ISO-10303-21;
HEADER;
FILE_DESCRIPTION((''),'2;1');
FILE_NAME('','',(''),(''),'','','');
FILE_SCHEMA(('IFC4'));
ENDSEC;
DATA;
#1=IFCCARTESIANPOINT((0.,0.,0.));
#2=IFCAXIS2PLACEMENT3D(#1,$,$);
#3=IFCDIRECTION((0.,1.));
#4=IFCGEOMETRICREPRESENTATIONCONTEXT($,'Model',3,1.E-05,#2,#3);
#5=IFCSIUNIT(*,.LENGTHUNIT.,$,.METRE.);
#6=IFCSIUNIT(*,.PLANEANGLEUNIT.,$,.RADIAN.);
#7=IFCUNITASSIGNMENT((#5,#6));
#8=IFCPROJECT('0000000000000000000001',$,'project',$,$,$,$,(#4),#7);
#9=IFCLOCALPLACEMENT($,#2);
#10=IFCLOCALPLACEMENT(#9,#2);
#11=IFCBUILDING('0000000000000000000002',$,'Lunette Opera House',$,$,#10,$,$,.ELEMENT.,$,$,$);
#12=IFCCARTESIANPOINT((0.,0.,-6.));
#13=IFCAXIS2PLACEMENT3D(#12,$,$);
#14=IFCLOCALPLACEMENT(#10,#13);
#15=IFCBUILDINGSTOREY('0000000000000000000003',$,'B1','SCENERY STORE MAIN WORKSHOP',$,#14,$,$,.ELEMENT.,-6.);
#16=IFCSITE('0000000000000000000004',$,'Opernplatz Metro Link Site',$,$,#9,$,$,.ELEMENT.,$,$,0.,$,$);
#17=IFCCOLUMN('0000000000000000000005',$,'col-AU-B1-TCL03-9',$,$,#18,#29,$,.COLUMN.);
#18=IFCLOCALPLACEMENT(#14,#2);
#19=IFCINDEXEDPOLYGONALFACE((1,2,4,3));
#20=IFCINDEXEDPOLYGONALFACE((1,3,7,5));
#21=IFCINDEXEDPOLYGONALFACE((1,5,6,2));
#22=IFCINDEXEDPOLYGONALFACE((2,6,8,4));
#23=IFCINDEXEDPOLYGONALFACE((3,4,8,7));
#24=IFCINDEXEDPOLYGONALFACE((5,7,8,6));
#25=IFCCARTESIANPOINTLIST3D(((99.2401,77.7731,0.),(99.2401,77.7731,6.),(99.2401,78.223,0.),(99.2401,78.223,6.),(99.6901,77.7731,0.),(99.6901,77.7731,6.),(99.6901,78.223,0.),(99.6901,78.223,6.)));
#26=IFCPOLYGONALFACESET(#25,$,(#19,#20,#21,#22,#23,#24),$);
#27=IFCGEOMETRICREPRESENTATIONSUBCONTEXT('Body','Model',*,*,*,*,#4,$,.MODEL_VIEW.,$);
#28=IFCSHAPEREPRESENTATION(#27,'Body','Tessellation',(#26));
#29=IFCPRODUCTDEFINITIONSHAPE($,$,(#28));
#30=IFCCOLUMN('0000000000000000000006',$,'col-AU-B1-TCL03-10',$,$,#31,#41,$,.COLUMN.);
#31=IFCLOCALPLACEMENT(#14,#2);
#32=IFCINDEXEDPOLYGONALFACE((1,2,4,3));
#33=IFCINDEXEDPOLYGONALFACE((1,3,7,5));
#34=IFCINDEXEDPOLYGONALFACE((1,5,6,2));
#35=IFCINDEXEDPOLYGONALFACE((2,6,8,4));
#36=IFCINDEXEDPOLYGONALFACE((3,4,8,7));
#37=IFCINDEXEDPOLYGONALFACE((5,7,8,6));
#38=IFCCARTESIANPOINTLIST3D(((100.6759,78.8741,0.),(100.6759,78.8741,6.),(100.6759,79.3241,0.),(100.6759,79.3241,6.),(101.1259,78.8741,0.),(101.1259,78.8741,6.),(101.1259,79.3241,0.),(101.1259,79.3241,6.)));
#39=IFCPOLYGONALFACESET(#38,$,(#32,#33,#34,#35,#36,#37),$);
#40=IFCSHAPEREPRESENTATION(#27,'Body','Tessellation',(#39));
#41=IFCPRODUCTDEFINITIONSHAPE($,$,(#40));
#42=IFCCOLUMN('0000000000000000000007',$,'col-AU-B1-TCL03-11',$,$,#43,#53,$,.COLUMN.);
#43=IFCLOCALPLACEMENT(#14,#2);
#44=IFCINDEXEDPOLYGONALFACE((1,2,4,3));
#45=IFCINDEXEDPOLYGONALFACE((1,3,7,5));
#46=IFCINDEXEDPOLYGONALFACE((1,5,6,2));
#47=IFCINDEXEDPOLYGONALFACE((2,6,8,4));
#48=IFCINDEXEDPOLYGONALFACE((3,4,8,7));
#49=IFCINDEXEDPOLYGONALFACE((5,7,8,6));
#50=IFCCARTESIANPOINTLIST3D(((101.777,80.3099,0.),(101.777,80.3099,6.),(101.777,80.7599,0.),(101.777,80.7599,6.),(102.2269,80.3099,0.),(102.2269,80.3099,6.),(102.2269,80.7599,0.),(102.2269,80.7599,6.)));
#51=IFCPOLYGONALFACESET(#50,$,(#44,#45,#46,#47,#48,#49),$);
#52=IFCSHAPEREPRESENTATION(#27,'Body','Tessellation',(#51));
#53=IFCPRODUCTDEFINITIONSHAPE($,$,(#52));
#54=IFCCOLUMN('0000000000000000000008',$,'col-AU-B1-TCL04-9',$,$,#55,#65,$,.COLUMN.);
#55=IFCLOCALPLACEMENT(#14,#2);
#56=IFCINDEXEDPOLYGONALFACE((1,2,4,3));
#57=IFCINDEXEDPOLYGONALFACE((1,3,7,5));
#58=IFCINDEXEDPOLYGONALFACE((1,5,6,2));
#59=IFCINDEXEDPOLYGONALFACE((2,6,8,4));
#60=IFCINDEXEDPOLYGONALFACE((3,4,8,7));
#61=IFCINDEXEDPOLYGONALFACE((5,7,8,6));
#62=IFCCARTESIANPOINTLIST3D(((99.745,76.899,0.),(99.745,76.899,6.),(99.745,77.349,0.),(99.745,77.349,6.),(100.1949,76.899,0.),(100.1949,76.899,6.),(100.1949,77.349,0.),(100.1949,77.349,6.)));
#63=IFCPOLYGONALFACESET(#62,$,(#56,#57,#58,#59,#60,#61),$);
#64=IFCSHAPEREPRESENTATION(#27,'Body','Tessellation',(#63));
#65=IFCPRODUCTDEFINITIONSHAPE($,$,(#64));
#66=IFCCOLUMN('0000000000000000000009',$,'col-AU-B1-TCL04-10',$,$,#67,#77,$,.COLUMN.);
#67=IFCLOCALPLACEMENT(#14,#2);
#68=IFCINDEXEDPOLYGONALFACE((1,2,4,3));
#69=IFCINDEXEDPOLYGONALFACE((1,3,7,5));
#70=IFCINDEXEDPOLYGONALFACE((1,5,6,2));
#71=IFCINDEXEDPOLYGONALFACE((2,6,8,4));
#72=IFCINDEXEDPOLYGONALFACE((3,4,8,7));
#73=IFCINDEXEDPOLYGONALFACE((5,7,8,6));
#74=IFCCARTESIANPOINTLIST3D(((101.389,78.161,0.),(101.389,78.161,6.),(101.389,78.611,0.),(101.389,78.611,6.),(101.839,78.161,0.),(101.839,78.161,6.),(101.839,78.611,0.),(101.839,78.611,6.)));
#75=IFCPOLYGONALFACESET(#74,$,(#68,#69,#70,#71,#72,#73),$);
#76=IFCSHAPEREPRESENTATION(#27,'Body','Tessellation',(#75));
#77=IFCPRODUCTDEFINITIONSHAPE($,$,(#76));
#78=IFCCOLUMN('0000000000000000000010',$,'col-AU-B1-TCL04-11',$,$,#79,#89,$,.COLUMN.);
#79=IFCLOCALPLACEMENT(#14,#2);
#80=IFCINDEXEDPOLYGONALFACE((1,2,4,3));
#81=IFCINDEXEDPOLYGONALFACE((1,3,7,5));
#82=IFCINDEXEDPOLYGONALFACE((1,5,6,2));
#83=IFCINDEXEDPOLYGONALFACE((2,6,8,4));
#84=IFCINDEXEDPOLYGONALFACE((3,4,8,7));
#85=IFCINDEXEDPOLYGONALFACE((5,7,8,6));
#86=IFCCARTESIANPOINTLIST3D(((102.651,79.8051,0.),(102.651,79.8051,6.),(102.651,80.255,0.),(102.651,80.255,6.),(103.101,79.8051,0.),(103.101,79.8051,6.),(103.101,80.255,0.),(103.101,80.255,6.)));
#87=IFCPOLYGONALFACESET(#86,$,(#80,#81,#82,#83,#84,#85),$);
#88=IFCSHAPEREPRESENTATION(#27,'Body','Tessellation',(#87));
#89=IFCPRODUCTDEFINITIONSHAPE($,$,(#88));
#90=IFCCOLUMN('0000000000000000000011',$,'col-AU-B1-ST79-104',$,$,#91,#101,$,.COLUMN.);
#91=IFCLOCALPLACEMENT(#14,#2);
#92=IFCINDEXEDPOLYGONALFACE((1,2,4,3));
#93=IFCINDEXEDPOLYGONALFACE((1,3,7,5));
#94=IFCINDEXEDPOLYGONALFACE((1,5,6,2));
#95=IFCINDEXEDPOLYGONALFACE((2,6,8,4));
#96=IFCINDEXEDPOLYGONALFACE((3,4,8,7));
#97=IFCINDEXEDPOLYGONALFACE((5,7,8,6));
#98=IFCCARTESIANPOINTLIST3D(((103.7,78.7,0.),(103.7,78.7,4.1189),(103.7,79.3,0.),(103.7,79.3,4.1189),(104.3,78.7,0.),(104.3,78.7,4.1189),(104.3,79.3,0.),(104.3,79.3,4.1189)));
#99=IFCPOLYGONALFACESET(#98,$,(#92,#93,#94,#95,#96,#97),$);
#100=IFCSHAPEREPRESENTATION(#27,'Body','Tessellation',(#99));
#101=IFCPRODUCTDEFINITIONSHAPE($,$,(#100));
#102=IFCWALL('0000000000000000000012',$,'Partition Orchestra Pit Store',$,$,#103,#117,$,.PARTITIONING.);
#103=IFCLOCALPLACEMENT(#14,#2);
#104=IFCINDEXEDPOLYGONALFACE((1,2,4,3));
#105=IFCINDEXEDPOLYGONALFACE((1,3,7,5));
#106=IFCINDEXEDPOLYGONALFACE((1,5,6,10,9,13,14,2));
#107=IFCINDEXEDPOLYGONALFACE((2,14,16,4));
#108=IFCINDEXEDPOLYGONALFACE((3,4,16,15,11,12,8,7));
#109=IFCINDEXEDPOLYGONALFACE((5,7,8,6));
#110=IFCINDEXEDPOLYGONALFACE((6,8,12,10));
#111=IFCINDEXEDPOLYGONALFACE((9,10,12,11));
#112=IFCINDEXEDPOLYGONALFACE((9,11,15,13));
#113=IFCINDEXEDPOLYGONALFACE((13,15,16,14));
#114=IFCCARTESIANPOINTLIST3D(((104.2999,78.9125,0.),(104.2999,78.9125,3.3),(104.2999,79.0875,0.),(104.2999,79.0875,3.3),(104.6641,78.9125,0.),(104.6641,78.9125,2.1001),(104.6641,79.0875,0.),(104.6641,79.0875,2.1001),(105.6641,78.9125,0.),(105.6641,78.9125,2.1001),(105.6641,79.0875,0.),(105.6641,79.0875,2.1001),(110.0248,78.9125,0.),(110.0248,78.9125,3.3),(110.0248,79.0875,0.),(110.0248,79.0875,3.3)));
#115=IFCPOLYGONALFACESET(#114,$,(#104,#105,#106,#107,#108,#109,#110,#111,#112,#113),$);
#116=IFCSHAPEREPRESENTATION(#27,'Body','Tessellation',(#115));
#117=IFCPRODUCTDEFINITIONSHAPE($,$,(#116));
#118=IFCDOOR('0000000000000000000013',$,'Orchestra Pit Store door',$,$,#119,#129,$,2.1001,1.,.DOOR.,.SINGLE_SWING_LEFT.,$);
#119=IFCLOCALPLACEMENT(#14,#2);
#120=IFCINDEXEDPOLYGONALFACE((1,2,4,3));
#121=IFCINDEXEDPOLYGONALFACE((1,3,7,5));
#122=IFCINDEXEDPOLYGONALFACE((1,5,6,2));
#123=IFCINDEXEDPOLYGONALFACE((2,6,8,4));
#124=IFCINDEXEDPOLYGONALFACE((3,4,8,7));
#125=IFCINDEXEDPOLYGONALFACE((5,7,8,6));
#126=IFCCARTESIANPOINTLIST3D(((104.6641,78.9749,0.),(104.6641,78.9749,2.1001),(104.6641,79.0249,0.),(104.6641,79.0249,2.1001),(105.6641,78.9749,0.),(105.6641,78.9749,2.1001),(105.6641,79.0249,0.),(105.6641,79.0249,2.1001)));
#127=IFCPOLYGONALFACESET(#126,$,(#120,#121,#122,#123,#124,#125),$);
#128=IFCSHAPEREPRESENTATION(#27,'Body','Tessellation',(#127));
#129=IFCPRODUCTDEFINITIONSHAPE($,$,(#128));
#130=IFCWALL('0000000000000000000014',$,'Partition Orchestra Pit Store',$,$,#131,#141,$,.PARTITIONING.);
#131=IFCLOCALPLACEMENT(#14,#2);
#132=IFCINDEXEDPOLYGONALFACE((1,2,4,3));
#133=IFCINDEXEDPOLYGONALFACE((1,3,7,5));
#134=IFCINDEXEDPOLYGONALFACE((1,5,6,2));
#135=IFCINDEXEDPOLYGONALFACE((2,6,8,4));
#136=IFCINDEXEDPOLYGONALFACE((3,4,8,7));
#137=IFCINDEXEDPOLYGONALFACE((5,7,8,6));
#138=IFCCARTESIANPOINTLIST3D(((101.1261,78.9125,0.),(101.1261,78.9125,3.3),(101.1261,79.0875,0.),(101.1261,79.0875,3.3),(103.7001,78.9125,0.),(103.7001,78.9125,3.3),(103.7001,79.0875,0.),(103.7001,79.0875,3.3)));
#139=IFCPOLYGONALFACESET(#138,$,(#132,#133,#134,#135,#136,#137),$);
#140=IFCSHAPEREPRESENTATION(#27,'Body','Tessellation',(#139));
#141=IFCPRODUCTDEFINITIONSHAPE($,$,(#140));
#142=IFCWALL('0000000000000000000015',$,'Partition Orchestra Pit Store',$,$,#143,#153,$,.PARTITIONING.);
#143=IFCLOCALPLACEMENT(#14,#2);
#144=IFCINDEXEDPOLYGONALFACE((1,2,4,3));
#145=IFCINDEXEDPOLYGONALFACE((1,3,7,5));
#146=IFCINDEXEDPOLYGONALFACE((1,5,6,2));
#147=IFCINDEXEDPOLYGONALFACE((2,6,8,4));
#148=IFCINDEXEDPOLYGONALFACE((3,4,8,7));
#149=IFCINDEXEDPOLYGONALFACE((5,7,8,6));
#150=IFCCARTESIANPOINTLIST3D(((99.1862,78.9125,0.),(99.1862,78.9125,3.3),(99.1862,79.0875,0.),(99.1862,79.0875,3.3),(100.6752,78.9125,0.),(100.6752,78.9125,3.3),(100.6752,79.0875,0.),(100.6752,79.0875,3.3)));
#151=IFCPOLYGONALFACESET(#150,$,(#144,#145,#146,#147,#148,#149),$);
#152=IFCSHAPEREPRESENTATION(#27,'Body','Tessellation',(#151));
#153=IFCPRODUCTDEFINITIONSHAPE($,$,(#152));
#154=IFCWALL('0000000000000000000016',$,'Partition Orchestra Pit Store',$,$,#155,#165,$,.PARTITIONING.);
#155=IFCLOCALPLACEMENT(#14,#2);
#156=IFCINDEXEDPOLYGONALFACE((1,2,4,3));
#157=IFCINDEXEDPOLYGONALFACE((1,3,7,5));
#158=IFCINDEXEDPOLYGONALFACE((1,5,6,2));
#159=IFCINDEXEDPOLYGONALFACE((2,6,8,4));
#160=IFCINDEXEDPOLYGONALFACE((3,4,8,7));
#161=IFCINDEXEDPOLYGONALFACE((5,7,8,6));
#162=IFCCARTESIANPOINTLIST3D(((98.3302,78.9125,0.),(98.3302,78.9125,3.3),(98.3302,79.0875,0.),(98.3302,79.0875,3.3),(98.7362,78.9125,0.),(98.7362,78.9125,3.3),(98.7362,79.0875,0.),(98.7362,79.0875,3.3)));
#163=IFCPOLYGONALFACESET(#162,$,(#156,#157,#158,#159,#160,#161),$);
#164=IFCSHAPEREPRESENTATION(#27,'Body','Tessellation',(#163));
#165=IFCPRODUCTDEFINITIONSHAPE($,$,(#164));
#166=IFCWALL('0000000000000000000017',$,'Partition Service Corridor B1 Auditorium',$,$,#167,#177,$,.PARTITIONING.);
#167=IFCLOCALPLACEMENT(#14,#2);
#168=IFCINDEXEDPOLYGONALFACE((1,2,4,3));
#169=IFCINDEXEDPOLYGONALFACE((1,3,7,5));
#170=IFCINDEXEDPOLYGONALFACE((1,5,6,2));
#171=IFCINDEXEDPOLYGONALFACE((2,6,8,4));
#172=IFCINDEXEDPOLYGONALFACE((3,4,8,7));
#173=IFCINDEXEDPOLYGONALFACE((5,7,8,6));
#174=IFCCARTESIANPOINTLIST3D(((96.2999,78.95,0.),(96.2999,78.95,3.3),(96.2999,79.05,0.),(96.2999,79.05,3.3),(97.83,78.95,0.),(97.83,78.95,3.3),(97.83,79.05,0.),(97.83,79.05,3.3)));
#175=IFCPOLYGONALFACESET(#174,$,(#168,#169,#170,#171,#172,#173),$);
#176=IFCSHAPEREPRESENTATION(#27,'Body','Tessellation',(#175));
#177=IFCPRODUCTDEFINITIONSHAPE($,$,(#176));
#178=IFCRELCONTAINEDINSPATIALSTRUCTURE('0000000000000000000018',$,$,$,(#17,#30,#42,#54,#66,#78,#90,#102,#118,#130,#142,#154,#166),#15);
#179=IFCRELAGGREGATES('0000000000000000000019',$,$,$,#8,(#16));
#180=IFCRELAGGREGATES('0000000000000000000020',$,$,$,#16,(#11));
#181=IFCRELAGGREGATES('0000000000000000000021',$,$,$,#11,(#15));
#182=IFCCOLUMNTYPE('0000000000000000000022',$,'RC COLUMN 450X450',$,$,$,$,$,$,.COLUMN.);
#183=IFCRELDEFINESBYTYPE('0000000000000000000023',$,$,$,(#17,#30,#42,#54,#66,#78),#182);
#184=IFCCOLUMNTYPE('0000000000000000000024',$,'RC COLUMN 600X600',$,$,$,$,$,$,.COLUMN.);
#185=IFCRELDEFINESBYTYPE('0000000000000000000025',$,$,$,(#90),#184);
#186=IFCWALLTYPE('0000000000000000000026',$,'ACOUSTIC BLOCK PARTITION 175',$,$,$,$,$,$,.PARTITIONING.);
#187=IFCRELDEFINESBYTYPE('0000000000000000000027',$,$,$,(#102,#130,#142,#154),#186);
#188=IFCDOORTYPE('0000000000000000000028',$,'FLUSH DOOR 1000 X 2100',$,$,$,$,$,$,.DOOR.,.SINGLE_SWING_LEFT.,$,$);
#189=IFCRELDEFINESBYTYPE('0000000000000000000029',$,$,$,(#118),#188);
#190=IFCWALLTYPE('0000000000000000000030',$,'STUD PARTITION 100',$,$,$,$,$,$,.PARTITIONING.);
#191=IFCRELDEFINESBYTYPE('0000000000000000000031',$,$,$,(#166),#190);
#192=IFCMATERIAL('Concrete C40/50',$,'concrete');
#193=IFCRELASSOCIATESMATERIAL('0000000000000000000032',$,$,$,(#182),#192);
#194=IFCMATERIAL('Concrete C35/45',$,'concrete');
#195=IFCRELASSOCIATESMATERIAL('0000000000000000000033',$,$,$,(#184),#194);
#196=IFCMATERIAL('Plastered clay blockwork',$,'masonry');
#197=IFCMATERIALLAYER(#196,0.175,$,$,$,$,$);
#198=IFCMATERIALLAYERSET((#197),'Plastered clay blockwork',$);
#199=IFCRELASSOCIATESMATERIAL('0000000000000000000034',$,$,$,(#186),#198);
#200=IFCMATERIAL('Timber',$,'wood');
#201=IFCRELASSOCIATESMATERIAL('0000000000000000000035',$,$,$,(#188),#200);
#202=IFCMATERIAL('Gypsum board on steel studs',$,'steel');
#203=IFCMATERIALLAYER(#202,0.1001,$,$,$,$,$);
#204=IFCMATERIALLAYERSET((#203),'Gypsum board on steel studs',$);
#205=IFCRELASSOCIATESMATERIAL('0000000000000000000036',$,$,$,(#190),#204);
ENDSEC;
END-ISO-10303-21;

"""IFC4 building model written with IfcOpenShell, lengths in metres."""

from ifc_helpers import new_model, si_unit, direction, frame, frame_2d, origin, origin_2d, place, context, subcontext, project, spatial, rectangle, extrude, material, layer, layer_set, material_profile, profile_set, type_object, element, fill, save


model = new_model("IFC4")

# Units and contexts
model_context = context("Model", 3, precision=1e-05, world=origin(), true_north=direction((0.0, 1.0)))
body_context = subcontext(model_context, "Body", "Model", "MODEL_VIEW")
ifc_project = project(units=[si_unit("LENGTHUNIT", "METRE"), si_unit("PLANEANGLEUNIT", "RADIAN")], contexts=[model_context])

# Site, building, storey
site_placement = place(None, origin())
site = spatial("IfcSite", under=ifc_project, at=site_placement, Name="Opernplatz Metro Link Site", CompositionType="ELEMENT", RefElevation=0.0)
building_placement = place(site_placement, origin())
building = spatial("IfcBuilding", under=site, at=building_placement, Name="Lunette Opera House", CompositionType="ELEMENT")
storey_placement = place(building_placement, frame((0.0, 0.0, -6.0)))
storey = spatial("IfcBuildingStorey", under=building, at=storey_placement, Name="B1", Description="SCENERY STORE MAIN WORKSHOP", CompositionType="ELEMENT", Elevation=-6.0)

# Columns
ifc_material_1 = material(Name="Concrete C40/50", Category="concrete")
ifc_material_profile_1 = material_profile(ifc_material_1, rectangle(XDim=0.45, YDim=0.45, at=origin_2d()), Name="RC COLUMN 450X450")
ifc_profile_set_1 = profile_set([ifc_material_profile_1], Name="Concrete C40/50")
column_type_1 = type_object("IfcColumnType", Name="RC COLUMN 450X450", PredefinedType="COLUMN", material=ifc_profile_set_1)
for number, where, z_axis, x_axis, name in (
    (1, (99.4651, 77.998, 0.0), (0.0, 0.0, 1.0), (1.0, 0.0, 0.0), "col-AU-B1-TCL03-9"),
    (2, (100.9009, 79.0991, 0.0), (0.0, 0.0, 1.0), (1.0, 0.0, 0.0), "col-AU-B1-TCL03-10"),
    (3, (102.002, 80.5349, 0.0), (0.0, 0.0, 1.0), (1.0, 0.0, 0.0), "col-AU-B1-TCL03-11"),
    (4, (99.97, 77.124, 0.0), (0.0, 0.0, 1.0), (1.0, 0.0, 0.0), "col-AU-B1-TCL04-9"),
    (5, (101.614, 78.386, 0.0), (0.0, 0.0, 1.0), (1.0, 0.0, 0.0), "col-AU-B1-TCL04-10"),
    (6, (102.876, 80.03, 0.0), (0.0, 0.0, 1.0), (1.0, 0.0, 0.0), "col-AU-B1-TCL04-11"),
):
    element("IfcColumn", number, at=place(storey_placement, frame(where, z_axis=z_axis, x_axis=x_axis)), inside=storey, type_object=column_type_1, Name=name, PredefinedType="COLUMN", context=body_context, shape_type="SweptSolid", body=[
        extrude(rectangle(XDim=0.45, YDim=0.45, at=origin_2d()), origin(), (0.0, 0.0, 1.0), 6.0),
    ])
ifc_material_2 = material(Name="Concrete C35/45", Category="concrete")
ifc_material_profile_2 = material_profile(ifc_material_2, rectangle(XDim=0.6001, YDim=0.6001, at=origin_2d()), Name="RC COLUMN 600X600")
ifc_profile_set_2 = profile_set([ifc_material_profile_2], Name="Concrete C35/45")
column_type_2 = type_object("IfcColumnType", Name="RC COLUMN 600X600", PredefinedType="COLUMN", material=ifc_profile_set_2)
column_placement = place(storey_placement, frame((104.0, 79.0, 0.0), z_axis=(0.0, 0.0, 1.0), x_axis=(1.0, 0.0, 0.0)))
element("IfcColumn", 7, at=column_placement, inside=storey, type_object=column_type_2, Name="col-AU-B1-ST79-104", PredefinedType="COLUMN", context=body_context, shape_type="SweptSolid", body=[
    extrude(rectangle(XDim=0.6001, YDim=0.6001, at=origin_2d()), origin(), (0.0, 0.0, 1.0), 4.1189),
])

# Wall, opening, door
ifc_material_3 = material(Name="Plastered clay blockwork", Category="masonry")
ifc_layer_1 = layer(ifc_material_3, 0.175)
ifc_layer_set_1 = layer_set([ifc_layer_1], Name="Plastered clay blockwork")
wall_type_1 = type_object("IfcWallType", Name="ACOUSTIC BLOCK PARTITION 175", PredefinedType="PARTITIONING", material=ifc_layer_set_1)
wall_1_placement = place(storey_placement, frame((104.3, 79.0, 0.0), z_axis=(0.0, 0.0, 1.0), x_axis=(1.0, 0.0, 0.0)))
wall_1 = element("IfcWall", 8, at=wall_1_placement, inside=storey, type_object=wall_type_1, Name="Partition Orchestra Pit Store", PredefinedType="PARTITIONING", context=body_context, shape_type="SweptSolid", body=[
    extrude(rectangle(XDim=5.7249, YDim=0.175, at=frame_2d((2.8623, 0.0))), origin(), (0.0, 0.0, 1.0), 3.3),
])
opening_placement = place(wall_1_placement, frame((0.364, 0.0, 0.0)))
opening = element("IfcOpeningElement", 9, at=opening_placement, cuts=wall_1, PredefinedType="OPENING", context=body_context, shape_type="SweptSolid", body=[
    extrude(rectangle(XDim=1.0, YDim=2.1001, at=frame_2d((0.5, 1.05))), frame((0.0, 0.0996, 0.0), z_axis=(0.0, -1.0, 0.0), x_axis=(1.0, 0.0, 0.0)), (0.0, 0.0, 1.0), 0.199),
])
ifc_material_4 = material(Name="Timber", Category="wood")
door_type = type_object("IfcDoorType", Name="FLUSH DOOR 1000 X 2100", OperationType="SINGLE_SWING_LEFT", PredefinedType="DOOR", material=ifc_material_4)
door_placement = place(opening_placement, origin())
door = element("IfcDoor", 10, at=door_placement, inside=storey, type_object=door_type, Name="Orchestra Pit Store door", OperationType="SINGLE_SWING_LEFT", OverallHeight=2.1001, OverallWidth=1.0, PredefinedType="DOOR", context=body_context, shape_type="SweptSolid", body=[
    extrude(rectangle(XDim=1.0, YDim=2.1001, at=frame_2d((0.5, 1.05))), frame((0.0, 0.0249, 0.0), z_axis=(0.0, -1.0, 0.0), x_axis=(1.0, 0.0, 0.0)), (0.0, 0.0, 1.0), 0.05),
])
fill(opening, door)

# Walls
wall_2_placement = place(storey_placement, frame((101.126, 79.0, 0.0), z_axis=(0.0, 0.0, 1.0), x_axis=(1.0, 0.0, 0.0)))
element("IfcWall", 11, at=wall_2_placement, inside=storey, type_object=wall_type_1, Name="Partition Orchestra Pit Store", PredefinedType="PARTITIONING", context=body_context, shape_type="SweptSolid", body=[
    extrude(rectangle(XDim=2.574, YDim=0.175, at=frame_2d((1.2871, 0.0))), origin(), (0.0, 0.0, 1.0), 3.3),
])
wall_3_placement = place(storey_placement, frame((99.186, 79.0, 0.0), z_axis=(0.0, 0.0, 1.0), x_axis=(1.0, 0.0, 0.0)))
element("IfcWall", 12, at=wall_3_placement, inside=storey, type_object=wall_type_1, Name="Partition Orchestra Pit Store", PredefinedType="PARTITIONING", context=body_context, shape_type="SweptSolid", body=[
    extrude(rectangle(XDim=1.489, YDim=0.175, at=frame_2d((0.7446, 0.0))), origin(), (0.0, 0.0, 1.0), 3.3),
])
wall_4_placement = place(storey_placement, frame((98.3301, 79.0, 0.0), z_axis=(0.0, 0.0, 1.0), x_axis=(1.0, 0.0, 0.0)))
element("IfcWall", 13, at=wall_4_placement, inside=storey, type_object=wall_type_1, Name="Partition Orchestra Pit Store", PredefinedType="PARTITIONING", context=body_context, shape_type="SweptSolid", body=[
    extrude(rectangle(XDim=0.406, YDim=0.175, at=frame_2d((0.2031, 0.0))), origin(), (0.0, 0.0, 1.0), 3.3),
])
ifc_material_5 = material(Name="Gypsum board on steel studs", Category="steel")
ifc_layer_2 = layer(ifc_material_5, 0.1001)
ifc_layer_set_2 = layer_set([ifc_layer_2], Name="Gypsum board on steel studs")
wall_type_2 = type_object("IfcWallType", Name="STUD PARTITION 100", PredefinedType="PARTITIONING", material=ifc_layer_set_2)
wall_5_placement = place(storey_placement, frame((97.8301, 79.0, 0.0), z_axis=(0.0, 0.0, 1.0), x_axis=(-1.0, 0.0, 0.0)))
element("IfcWall", 14, at=wall_5_placement, inside=storey, type_object=wall_type_2, Name="Partition Service Corridor B1 Auditorium", PredefinedType="PARTITIONING", context=body_context, shape_type="SweptSolid", body=[
    extrude(rectangle(XDim=1.53, YDim=0.1001, at=frame_2d((0.7651, 0.0))), origin(), (0.0, 0.0, 1.0), 3.3),
])

save(model, "model.ifc")
